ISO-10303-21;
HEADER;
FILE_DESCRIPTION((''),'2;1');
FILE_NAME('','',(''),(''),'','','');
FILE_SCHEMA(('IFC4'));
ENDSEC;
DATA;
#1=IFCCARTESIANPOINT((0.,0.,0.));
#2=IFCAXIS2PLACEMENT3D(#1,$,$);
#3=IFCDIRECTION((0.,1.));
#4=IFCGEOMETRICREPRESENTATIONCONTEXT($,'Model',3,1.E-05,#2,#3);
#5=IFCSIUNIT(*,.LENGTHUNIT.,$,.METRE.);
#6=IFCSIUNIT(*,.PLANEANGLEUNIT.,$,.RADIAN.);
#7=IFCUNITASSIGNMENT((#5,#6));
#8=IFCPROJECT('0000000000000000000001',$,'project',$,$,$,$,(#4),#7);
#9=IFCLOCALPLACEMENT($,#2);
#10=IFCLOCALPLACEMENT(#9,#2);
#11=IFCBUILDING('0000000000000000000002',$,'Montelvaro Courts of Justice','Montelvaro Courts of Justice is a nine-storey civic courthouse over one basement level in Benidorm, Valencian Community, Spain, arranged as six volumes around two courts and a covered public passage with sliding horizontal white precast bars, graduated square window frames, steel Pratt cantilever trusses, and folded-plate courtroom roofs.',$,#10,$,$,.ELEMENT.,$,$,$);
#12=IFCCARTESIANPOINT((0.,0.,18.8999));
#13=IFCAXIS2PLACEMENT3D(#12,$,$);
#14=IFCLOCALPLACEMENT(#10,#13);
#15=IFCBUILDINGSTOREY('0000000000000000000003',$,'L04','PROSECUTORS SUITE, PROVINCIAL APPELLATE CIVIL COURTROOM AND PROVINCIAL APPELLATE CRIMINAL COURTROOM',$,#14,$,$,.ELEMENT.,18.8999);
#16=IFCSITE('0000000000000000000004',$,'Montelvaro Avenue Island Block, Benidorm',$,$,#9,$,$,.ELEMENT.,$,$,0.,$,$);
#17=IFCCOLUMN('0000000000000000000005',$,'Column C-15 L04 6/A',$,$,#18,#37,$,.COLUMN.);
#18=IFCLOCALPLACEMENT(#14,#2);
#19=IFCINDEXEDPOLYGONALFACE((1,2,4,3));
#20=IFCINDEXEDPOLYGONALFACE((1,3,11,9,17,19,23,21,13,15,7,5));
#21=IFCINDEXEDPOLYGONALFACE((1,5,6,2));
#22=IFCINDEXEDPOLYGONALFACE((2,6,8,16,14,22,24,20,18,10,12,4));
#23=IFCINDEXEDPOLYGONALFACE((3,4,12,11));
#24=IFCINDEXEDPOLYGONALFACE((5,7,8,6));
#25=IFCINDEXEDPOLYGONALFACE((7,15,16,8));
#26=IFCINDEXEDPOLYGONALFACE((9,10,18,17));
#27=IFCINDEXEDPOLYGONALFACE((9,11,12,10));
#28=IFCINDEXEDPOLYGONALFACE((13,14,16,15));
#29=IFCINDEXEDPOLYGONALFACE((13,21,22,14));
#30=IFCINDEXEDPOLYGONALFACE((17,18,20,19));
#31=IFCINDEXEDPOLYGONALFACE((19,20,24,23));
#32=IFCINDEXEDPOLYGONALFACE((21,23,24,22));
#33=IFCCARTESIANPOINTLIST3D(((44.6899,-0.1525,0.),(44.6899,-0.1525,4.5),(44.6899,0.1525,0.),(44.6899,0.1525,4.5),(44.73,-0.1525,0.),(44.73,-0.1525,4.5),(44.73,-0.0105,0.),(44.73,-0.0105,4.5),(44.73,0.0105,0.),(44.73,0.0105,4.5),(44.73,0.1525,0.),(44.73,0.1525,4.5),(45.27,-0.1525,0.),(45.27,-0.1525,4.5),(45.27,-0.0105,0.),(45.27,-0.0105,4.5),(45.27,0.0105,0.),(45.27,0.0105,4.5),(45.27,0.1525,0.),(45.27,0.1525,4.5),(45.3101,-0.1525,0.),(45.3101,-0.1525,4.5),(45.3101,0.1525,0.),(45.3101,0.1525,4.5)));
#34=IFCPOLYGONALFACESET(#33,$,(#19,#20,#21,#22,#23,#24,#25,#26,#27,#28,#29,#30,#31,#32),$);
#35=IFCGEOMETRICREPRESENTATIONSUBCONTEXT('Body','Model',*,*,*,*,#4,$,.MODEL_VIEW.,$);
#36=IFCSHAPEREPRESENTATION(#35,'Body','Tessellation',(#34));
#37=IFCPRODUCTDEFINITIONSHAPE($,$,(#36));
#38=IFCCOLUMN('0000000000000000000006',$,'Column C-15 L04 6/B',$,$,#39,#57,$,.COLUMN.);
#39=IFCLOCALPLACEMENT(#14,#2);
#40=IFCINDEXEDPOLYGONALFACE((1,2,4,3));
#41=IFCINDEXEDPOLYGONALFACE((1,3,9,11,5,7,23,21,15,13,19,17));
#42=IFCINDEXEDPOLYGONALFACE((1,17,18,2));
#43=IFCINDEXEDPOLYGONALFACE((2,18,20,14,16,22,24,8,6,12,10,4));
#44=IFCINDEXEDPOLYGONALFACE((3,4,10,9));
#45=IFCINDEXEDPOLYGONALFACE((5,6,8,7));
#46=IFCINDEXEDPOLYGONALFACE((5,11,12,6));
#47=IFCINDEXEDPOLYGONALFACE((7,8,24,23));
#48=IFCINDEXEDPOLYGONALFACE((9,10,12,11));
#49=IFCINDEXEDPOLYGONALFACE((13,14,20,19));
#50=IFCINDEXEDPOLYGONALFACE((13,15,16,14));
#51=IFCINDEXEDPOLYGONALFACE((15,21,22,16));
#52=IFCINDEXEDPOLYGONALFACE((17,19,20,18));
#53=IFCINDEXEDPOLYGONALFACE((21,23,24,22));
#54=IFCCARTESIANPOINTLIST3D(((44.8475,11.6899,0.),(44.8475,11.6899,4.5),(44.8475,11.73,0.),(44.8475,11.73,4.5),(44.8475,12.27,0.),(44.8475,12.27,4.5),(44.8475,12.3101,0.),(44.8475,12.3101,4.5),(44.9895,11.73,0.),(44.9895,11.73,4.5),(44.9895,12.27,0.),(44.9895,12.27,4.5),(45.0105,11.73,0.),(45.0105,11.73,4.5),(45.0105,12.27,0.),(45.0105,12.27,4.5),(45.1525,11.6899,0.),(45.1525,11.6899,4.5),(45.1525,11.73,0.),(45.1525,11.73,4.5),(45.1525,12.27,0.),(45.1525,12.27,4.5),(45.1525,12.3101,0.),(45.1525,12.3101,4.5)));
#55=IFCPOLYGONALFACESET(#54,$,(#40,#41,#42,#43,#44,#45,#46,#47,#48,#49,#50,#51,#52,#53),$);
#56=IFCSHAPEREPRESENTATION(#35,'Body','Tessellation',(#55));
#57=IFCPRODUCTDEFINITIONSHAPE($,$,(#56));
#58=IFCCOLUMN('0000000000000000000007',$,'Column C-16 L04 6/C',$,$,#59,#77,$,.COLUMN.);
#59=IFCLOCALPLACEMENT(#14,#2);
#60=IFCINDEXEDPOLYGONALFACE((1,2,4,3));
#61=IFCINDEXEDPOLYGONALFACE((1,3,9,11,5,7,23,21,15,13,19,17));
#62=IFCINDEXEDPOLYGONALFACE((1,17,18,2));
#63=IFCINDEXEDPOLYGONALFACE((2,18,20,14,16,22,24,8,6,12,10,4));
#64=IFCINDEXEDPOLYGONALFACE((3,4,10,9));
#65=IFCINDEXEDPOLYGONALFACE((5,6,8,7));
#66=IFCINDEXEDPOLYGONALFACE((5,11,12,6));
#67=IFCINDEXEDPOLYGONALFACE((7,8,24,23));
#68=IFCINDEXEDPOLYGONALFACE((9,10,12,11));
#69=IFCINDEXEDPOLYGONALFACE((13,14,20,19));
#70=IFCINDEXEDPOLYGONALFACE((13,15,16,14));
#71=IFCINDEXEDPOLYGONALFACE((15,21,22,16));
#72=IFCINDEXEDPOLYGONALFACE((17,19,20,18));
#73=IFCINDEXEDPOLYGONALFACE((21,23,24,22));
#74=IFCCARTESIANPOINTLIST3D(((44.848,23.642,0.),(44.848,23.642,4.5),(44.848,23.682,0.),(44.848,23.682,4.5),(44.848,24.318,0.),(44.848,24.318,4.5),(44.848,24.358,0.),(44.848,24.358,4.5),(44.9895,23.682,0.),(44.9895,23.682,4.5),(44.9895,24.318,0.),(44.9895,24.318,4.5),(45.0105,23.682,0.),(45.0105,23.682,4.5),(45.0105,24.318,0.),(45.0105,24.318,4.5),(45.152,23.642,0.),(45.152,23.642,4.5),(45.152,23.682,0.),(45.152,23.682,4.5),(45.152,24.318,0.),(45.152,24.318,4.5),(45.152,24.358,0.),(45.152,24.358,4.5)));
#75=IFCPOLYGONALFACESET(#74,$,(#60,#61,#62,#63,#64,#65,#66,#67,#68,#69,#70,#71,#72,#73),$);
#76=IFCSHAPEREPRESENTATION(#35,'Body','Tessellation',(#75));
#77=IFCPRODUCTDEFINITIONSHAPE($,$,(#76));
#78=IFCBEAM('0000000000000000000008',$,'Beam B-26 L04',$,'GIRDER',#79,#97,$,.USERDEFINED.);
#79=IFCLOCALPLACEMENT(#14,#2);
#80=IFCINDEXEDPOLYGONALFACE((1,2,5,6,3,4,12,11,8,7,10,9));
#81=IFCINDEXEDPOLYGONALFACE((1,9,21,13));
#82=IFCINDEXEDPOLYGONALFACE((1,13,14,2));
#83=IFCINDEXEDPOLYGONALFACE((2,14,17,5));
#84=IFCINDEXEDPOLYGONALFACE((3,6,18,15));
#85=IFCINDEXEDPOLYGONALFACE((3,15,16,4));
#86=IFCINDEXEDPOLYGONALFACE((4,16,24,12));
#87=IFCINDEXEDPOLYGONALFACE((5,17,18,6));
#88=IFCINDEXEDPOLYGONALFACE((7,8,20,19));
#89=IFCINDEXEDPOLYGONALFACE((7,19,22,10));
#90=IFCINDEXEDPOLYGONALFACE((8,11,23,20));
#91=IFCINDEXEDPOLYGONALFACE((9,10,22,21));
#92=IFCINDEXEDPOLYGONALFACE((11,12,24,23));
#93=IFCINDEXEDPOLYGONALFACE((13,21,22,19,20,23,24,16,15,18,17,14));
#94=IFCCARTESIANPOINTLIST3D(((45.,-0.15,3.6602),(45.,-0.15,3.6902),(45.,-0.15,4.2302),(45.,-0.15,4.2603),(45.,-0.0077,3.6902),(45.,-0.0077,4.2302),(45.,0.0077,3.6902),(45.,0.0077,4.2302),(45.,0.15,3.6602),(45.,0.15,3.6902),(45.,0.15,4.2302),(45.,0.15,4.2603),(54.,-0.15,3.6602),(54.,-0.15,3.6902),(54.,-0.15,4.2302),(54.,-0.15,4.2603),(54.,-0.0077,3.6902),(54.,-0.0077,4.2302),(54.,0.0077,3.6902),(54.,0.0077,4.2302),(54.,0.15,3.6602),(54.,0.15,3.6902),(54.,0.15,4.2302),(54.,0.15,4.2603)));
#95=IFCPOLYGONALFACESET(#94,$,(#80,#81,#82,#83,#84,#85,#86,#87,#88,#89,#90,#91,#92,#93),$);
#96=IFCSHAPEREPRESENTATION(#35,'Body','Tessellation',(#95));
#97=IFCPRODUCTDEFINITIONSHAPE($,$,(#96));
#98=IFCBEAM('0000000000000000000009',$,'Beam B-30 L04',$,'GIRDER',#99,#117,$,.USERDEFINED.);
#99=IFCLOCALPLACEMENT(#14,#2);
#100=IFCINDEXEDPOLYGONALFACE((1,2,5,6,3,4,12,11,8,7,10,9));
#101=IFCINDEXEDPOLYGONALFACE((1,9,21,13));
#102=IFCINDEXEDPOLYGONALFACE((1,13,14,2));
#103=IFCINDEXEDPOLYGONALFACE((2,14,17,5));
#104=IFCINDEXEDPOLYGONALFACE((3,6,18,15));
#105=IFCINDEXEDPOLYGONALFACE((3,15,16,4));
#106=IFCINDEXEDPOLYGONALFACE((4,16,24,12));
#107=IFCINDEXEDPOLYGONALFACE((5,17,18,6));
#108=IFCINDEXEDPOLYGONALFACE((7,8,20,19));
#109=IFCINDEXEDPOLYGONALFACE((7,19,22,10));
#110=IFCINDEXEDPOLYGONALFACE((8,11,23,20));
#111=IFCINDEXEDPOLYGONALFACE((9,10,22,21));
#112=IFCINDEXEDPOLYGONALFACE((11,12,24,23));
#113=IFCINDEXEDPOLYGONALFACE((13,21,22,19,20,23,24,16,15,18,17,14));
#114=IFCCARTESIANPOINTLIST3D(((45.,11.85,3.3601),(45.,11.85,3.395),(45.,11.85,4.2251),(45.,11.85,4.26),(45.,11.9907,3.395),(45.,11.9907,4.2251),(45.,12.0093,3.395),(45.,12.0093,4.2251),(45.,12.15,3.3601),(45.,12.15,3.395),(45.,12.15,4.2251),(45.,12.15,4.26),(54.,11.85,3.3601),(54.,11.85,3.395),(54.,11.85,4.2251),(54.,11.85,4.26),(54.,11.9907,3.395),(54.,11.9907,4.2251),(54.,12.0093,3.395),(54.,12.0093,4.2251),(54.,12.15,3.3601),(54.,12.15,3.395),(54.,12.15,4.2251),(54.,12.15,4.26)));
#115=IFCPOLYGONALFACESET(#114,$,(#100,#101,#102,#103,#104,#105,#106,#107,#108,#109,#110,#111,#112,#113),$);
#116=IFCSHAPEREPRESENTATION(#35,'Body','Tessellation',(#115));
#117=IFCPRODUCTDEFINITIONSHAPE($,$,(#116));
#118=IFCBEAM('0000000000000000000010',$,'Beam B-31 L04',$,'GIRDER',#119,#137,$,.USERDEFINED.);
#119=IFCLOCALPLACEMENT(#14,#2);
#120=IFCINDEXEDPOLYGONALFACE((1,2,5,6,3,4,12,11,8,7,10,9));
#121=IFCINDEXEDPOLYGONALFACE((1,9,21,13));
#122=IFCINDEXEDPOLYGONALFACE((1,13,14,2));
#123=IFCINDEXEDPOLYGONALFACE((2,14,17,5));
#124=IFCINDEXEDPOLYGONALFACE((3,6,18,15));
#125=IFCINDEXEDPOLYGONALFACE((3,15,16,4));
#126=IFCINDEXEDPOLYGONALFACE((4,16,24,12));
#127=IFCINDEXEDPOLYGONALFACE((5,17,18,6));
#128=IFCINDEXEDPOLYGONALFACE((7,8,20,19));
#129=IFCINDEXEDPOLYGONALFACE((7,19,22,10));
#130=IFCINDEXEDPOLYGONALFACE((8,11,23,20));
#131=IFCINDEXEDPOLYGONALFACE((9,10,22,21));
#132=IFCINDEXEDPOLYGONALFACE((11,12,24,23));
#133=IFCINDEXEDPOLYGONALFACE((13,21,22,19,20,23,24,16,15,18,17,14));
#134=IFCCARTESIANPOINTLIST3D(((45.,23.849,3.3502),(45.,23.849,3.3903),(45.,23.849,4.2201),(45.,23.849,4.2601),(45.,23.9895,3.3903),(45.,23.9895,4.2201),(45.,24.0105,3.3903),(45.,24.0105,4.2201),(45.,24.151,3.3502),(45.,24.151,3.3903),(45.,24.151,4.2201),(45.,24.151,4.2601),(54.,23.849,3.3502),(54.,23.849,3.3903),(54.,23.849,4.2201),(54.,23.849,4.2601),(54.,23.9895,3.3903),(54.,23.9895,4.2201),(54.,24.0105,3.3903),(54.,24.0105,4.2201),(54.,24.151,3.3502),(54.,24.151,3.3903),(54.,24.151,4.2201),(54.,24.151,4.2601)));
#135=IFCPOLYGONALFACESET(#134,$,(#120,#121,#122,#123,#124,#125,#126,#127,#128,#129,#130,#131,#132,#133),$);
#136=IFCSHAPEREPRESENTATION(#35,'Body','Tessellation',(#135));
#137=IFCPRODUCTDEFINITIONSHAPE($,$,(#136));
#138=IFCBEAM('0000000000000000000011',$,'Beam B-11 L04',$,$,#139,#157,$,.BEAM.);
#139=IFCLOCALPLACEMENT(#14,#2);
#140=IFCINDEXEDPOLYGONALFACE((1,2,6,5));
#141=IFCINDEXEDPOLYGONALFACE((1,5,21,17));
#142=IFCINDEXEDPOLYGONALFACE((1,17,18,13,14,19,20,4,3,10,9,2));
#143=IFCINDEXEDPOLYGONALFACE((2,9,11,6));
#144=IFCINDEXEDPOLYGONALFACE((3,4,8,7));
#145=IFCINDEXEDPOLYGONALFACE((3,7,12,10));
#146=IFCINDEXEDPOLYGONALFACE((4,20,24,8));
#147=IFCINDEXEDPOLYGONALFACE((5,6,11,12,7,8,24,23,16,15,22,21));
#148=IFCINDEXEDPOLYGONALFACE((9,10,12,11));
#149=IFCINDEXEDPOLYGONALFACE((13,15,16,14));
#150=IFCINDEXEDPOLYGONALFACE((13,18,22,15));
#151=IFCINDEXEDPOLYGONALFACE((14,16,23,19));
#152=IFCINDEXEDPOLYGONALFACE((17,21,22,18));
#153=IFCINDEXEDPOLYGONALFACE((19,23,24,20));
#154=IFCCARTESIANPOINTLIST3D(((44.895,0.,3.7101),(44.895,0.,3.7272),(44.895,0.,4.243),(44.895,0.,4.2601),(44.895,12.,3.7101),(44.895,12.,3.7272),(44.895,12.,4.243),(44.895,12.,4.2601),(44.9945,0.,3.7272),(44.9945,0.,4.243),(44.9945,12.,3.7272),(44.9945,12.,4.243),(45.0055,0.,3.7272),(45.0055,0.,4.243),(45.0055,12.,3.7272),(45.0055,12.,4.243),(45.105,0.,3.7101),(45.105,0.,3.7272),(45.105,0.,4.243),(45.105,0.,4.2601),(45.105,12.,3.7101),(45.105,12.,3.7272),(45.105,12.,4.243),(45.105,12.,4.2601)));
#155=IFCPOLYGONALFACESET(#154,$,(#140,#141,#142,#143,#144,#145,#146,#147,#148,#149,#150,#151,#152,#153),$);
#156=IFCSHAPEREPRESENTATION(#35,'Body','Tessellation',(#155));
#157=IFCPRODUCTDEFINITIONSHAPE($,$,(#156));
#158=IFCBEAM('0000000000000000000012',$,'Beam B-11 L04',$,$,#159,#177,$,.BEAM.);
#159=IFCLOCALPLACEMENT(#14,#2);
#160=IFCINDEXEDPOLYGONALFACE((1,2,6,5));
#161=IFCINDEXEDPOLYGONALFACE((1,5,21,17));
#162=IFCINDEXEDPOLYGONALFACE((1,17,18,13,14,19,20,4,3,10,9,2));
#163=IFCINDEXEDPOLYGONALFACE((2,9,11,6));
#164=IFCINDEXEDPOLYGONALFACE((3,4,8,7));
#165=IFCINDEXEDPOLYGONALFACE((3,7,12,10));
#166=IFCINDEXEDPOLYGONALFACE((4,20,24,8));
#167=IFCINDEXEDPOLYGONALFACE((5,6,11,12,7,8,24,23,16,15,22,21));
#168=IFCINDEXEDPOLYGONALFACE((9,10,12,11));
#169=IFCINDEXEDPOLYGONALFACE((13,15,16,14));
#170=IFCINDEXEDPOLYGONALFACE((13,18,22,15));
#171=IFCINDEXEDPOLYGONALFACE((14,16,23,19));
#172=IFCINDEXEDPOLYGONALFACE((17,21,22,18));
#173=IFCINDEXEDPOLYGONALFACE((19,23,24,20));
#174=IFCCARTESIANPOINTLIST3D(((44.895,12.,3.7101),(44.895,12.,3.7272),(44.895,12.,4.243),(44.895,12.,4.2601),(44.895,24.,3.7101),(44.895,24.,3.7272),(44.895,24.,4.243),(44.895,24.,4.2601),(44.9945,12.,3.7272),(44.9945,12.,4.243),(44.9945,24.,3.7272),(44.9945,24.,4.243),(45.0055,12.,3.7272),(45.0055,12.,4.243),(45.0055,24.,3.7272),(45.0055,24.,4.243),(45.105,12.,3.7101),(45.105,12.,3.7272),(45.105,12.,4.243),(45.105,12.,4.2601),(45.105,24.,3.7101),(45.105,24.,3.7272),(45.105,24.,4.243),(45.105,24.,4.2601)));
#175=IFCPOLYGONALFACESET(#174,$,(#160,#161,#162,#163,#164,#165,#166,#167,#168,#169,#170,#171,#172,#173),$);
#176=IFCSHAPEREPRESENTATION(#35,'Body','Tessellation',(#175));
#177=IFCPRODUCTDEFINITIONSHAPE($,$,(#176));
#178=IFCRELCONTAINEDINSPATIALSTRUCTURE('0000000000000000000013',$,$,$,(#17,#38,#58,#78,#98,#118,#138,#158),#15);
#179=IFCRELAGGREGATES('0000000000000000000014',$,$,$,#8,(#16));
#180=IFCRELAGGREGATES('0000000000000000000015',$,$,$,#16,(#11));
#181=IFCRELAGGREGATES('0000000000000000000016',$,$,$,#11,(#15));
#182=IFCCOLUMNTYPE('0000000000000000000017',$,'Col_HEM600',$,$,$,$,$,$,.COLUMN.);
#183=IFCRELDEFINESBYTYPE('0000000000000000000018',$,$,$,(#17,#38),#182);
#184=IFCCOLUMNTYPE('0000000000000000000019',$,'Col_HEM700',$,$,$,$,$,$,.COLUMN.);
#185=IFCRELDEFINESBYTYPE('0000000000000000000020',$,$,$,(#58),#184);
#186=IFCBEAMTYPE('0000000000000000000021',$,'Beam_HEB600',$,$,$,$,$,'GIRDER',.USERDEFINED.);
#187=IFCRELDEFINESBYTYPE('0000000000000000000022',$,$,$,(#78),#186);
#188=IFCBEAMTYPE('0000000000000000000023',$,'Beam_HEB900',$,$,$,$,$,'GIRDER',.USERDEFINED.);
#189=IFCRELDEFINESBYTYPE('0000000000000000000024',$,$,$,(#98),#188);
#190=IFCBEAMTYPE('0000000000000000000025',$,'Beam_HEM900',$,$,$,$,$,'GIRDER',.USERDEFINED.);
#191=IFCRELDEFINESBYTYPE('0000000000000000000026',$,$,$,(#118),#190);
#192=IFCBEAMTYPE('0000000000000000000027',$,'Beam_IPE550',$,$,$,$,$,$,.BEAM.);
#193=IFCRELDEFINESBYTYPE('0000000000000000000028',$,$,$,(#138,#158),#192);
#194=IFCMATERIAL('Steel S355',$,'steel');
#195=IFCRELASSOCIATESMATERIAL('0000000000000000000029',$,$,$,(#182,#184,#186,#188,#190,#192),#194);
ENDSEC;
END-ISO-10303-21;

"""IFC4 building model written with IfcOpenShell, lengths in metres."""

from ifc_helpers import new_model, si_unit, direction, frame, origin, origin_2d, place, context, subcontext, project, spatial, i_section, extrude, material, material_profile, profile_set, type_object, element, save


model = new_model("IFC4")

# Units and contexts
model_context = context("Model", 3, precision=1e-05, world=origin(), true_north=direction((0.0, 1.0)))
body_context = subcontext(model_context, "Body", "Model", "MODEL_VIEW")
ifc_project = project(units=[si_unit("LENGTHUNIT", "METRE"), si_unit("PLANEANGLEUNIT", "RADIAN")], contexts=[model_context])

# Site, building, storey
site_placement = place(None, origin())
site = spatial("IfcSite", under=ifc_project, at=site_placement, Name="Montelvaro Avenue Island Block, Benidorm", CompositionType="ELEMENT", RefElevation=0.0)
building_placement = place(site_placement, origin())
building = spatial("IfcBuilding", under=site, at=building_placement, Name="Montelvaro Courts of Justice", Description="Montelvaro Courts of Justice is a nine-storey civic courthouse over one basement level in Benidorm, Valencian Community, Spain, arranged as six volumes around two courts and a covered public passage with sliding horizontal white precast bars, graduated square window frames, steel Pratt cantilever trusses, and folded-plate courtroom roofs.", CompositionType="ELEMENT")
storey_placement = place(building_placement, frame((0.0, 0.0, 18.8999)))
storey = spatial("IfcBuildingStorey", under=building, at=storey_placement, Name="L04", Description="PROSECUTORS SUITE, PROVINCIAL APPELLATE CIVIL COURTROOM AND PROVINCIAL APPELLATE CRIMINAL COURTROOM", CompositionType="ELEMENT", Elevation=18.8999)

# Columns
ifc_material_1 = material(Name="Steel S355", Category="steel")
ifc_material_profile_1 = material_profile(ifc_material_1, i_section(OverallWidth=0.3049, OverallDepth=0.6201, WebThickness=0.021, FlangeThickness=0.04, at=origin_2d()), Name="HEM 600")
ifc_profile_set_1 = profile_set([ifc_material_profile_1], Name="Steel S355")
column_type_1 = type_object("IfcColumnType", Name="Col_HEM600", PredefinedType="COLUMN", material=ifc_profile_set_1)
for number, where, z_axis, x_axis, name in (
    (1, (45.0, 0.0, 0.0), (0.0, 0.0, 1.0), (0.0, 1.0, 0.0), "Column C-15 L04 6/A"),
    (2, (45.0, 12.0, 0.0), (0.0, 0.0, 1.0), (1.0, 0.0, 0.0), "Column C-15 L04 6/B"),
):
    element("IfcColumn", number, at=place(storey_placement, frame(where, z_axis=z_axis, x_axis=x_axis)), inside=storey, type_object=column_type_1, Name=name, PredefinedType="COLUMN", context=body_context, shape_type="SweptSolid", body=[
        extrude(i_section(OverallWidth=0.3049, OverallDepth=0.6201, WebThickness=0.021, FlangeThickness=0.04, at=origin_2d()), origin(), (0.0, 0.0, 1.0), 4.5),
    ])
ifc_material_profile_2 = material_profile(ifc_material_1, i_section(OverallWidth=0.304, OverallDepth=0.7161, WebThickness=0.021, FlangeThickness=0.04, at=origin_2d()), Name="HEM 700")
ifc_profile_set_2 = profile_set([ifc_material_profile_2], Name="Steel S355")
column_type_2 = type_object("IfcColumnType", Name="Col_HEM700", PredefinedType="COLUMN", material=ifc_profile_set_2)
column_placement = place(storey_placement, frame((45.0, 24.0, 0.0), z_axis=(0.0, 0.0, 1.0), x_axis=(1.0, 0.0, 0.0)))
element("IfcColumn", 3, at=column_placement, inside=storey, type_object=column_type_2, Name="Column C-16 L04 6/C", PredefinedType="COLUMN", context=body_context, shape_type="SweptSolid", body=[
    extrude(i_section(OverallWidth=0.304, OverallDepth=0.7161, WebThickness=0.021, FlangeThickness=0.04, at=origin_2d()), origin(), (0.0, 0.0, 1.0), 4.5),
])

# Beams
ifc_material_profile_3 = material_profile(ifc_material_1, i_section(OverallWidth=0.3, OverallDepth=0.6001, WebThickness=0.0154, FlangeThickness=0.03, at=origin_2d()), Name="HEB 600")
ifc_profile_set_3 = profile_set([ifc_material_profile_3], Name="Steel S355")
beam_type_1 = type_object("IfcBeamType", Name="Beam_HEB600", ElementType="GIRDER", PredefinedType="USERDEFINED", material=ifc_profile_set_3)
beam_1_placement = place(storey_placement, frame((45.0, 0.0, 3.9602), z_axis=(1.0, 0.0, 0.0), x_axis=(0.0, 1.0, 0.0)))
element("IfcBeam", 4, at=beam_1_placement, inside=storey, type_object=beam_type_1, Name="Beam B-26 L04", ObjectType="GIRDER", PredefinedType="USERDEFINED", context=body_context, shape_type="SweptSolid", body=[
    extrude(i_section(OverallWidth=0.3, OverallDepth=0.6001, WebThickness=0.0154, FlangeThickness=0.03, at=origin_2d()), origin(), (0.0, 0.0, 1.0), 9.0),
])
ifc_material_profile_4 = material_profile(ifc_material_1, i_section(OverallWidth=0.3, OverallDepth=0.8999, WebThickness=0.0186, FlangeThickness=0.0349, at=origin_2d()), Name="HEB 900")
ifc_profile_set_4 = profile_set([ifc_material_profile_4], Name="Steel S355")
beam_type_2 = type_object("IfcBeamType", Name="Beam_HEB900", ElementType="GIRDER", PredefinedType="USERDEFINED", material=ifc_profile_set_4)
beam_2_placement = place(storey_placement, frame((45.0, 12.0, 3.8101), z_axis=(1.0, 0.0, 0.0), x_axis=(0.0, 1.0, 0.0)))
element("IfcBeam", 5, at=beam_2_placement, inside=storey, type_object=beam_type_2, Name="Beam B-30 L04", ObjectType="GIRDER", PredefinedType="USERDEFINED", context=body_context, shape_type="SweptSolid", body=[
    extrude(i_section(OverallWidth=0.3, OverallDepth=0.8999, WebThickness=0.0186, FlangeThickness=0.0349, at=origin_2d()), origin(), (0.0, 0.0, 1.0), 9.0),
])
ifc_material_profile_5 = material_profile(ifc_material_1, i_section(OverallWidth=0.302, OverallDepth=0.9099, WebThickness=0.021, FlangeThickness=0.04, at=origin_2d()), Name="HEM 900")
ifc_profile_set_5 = profile_set([ifc_material_profile_5], Name="Steel S355")
beam_type_3 = type_object("IfcBeamType", Name="Beam_HEM900", ElementType="GIRDER", PredefinedType="USERDEFINED", material=ifc_profile_set_5)
beam_3_placement = place(storey_placement, frame((45.0, 24.0, 3.8052), z_axis=(1.0, 0.0, 0.0), x_axis=(0.0, 1.0, 0.0)))
element("IfcBeam", 6, at=beam_3_placement, inside=storey, type_object=beam_type_3, Name="Beam B-31 L04", ObjectType="GIRDER", PredefinedType="USERDEFINED", context=body_context, shape_type="SweptSolid", body=[
    extrude(i_section(OverallWidth=0.302, OverallDepth=0.9099, WebThickness=0.021, FlangeThickness=0.04, at=origin_2d()), origin(), (0.0, 0.0, 1.0), 9.0),
])
ifc_material_profile_6 = material_profile(ifc_material_1, i_section(OverallWidth=0.21, OverallDepth=0.55, WebThickness=0.011, FlangeThickness=0.0171, at=origin_2d()), Name="IPE 550")
ifc_profile_set_6 = profile_set([ifc_material_profile_6], Name="Steel S355")
beam_type_4 = type_object("IfcBeamType", Name="Beam_IPE550", PredefinedType="BEAM", material=ifc_profile_set_6)
for number, where, z_axis, x_axis, name in (
    (7, (45.0, 0.0, 3.9851), (0.0, 1.0, 0.0), (-1.0, 0.0, 0.0), "Beam B-11 L04"),
    (8, (45.0, 12.0, 3.9851), (0.0, 1.0, 0.0), (-1.0, 0.0, 0.0), "Beam B-11 L04"),
):
    element("IfcBeam", number, at=place(storey_placement, frame(where, z_axis=z_axis, x_axis=x_axis)), inside=storey, type_object=beam_type_4, Name=name, PredefinedType="BEAM", context=body_context, shape_type="SweptSolid", body=[
        extrude(i_section(OverallWidth=0.21, OverallDepth=0.55, WebThickness=0.011, FlangeThickness=0.0171, at=origin_2d()), origin(), (0.0, 0.0, 1.0), 12.0),
    ])

save(model, "model.ifc")
